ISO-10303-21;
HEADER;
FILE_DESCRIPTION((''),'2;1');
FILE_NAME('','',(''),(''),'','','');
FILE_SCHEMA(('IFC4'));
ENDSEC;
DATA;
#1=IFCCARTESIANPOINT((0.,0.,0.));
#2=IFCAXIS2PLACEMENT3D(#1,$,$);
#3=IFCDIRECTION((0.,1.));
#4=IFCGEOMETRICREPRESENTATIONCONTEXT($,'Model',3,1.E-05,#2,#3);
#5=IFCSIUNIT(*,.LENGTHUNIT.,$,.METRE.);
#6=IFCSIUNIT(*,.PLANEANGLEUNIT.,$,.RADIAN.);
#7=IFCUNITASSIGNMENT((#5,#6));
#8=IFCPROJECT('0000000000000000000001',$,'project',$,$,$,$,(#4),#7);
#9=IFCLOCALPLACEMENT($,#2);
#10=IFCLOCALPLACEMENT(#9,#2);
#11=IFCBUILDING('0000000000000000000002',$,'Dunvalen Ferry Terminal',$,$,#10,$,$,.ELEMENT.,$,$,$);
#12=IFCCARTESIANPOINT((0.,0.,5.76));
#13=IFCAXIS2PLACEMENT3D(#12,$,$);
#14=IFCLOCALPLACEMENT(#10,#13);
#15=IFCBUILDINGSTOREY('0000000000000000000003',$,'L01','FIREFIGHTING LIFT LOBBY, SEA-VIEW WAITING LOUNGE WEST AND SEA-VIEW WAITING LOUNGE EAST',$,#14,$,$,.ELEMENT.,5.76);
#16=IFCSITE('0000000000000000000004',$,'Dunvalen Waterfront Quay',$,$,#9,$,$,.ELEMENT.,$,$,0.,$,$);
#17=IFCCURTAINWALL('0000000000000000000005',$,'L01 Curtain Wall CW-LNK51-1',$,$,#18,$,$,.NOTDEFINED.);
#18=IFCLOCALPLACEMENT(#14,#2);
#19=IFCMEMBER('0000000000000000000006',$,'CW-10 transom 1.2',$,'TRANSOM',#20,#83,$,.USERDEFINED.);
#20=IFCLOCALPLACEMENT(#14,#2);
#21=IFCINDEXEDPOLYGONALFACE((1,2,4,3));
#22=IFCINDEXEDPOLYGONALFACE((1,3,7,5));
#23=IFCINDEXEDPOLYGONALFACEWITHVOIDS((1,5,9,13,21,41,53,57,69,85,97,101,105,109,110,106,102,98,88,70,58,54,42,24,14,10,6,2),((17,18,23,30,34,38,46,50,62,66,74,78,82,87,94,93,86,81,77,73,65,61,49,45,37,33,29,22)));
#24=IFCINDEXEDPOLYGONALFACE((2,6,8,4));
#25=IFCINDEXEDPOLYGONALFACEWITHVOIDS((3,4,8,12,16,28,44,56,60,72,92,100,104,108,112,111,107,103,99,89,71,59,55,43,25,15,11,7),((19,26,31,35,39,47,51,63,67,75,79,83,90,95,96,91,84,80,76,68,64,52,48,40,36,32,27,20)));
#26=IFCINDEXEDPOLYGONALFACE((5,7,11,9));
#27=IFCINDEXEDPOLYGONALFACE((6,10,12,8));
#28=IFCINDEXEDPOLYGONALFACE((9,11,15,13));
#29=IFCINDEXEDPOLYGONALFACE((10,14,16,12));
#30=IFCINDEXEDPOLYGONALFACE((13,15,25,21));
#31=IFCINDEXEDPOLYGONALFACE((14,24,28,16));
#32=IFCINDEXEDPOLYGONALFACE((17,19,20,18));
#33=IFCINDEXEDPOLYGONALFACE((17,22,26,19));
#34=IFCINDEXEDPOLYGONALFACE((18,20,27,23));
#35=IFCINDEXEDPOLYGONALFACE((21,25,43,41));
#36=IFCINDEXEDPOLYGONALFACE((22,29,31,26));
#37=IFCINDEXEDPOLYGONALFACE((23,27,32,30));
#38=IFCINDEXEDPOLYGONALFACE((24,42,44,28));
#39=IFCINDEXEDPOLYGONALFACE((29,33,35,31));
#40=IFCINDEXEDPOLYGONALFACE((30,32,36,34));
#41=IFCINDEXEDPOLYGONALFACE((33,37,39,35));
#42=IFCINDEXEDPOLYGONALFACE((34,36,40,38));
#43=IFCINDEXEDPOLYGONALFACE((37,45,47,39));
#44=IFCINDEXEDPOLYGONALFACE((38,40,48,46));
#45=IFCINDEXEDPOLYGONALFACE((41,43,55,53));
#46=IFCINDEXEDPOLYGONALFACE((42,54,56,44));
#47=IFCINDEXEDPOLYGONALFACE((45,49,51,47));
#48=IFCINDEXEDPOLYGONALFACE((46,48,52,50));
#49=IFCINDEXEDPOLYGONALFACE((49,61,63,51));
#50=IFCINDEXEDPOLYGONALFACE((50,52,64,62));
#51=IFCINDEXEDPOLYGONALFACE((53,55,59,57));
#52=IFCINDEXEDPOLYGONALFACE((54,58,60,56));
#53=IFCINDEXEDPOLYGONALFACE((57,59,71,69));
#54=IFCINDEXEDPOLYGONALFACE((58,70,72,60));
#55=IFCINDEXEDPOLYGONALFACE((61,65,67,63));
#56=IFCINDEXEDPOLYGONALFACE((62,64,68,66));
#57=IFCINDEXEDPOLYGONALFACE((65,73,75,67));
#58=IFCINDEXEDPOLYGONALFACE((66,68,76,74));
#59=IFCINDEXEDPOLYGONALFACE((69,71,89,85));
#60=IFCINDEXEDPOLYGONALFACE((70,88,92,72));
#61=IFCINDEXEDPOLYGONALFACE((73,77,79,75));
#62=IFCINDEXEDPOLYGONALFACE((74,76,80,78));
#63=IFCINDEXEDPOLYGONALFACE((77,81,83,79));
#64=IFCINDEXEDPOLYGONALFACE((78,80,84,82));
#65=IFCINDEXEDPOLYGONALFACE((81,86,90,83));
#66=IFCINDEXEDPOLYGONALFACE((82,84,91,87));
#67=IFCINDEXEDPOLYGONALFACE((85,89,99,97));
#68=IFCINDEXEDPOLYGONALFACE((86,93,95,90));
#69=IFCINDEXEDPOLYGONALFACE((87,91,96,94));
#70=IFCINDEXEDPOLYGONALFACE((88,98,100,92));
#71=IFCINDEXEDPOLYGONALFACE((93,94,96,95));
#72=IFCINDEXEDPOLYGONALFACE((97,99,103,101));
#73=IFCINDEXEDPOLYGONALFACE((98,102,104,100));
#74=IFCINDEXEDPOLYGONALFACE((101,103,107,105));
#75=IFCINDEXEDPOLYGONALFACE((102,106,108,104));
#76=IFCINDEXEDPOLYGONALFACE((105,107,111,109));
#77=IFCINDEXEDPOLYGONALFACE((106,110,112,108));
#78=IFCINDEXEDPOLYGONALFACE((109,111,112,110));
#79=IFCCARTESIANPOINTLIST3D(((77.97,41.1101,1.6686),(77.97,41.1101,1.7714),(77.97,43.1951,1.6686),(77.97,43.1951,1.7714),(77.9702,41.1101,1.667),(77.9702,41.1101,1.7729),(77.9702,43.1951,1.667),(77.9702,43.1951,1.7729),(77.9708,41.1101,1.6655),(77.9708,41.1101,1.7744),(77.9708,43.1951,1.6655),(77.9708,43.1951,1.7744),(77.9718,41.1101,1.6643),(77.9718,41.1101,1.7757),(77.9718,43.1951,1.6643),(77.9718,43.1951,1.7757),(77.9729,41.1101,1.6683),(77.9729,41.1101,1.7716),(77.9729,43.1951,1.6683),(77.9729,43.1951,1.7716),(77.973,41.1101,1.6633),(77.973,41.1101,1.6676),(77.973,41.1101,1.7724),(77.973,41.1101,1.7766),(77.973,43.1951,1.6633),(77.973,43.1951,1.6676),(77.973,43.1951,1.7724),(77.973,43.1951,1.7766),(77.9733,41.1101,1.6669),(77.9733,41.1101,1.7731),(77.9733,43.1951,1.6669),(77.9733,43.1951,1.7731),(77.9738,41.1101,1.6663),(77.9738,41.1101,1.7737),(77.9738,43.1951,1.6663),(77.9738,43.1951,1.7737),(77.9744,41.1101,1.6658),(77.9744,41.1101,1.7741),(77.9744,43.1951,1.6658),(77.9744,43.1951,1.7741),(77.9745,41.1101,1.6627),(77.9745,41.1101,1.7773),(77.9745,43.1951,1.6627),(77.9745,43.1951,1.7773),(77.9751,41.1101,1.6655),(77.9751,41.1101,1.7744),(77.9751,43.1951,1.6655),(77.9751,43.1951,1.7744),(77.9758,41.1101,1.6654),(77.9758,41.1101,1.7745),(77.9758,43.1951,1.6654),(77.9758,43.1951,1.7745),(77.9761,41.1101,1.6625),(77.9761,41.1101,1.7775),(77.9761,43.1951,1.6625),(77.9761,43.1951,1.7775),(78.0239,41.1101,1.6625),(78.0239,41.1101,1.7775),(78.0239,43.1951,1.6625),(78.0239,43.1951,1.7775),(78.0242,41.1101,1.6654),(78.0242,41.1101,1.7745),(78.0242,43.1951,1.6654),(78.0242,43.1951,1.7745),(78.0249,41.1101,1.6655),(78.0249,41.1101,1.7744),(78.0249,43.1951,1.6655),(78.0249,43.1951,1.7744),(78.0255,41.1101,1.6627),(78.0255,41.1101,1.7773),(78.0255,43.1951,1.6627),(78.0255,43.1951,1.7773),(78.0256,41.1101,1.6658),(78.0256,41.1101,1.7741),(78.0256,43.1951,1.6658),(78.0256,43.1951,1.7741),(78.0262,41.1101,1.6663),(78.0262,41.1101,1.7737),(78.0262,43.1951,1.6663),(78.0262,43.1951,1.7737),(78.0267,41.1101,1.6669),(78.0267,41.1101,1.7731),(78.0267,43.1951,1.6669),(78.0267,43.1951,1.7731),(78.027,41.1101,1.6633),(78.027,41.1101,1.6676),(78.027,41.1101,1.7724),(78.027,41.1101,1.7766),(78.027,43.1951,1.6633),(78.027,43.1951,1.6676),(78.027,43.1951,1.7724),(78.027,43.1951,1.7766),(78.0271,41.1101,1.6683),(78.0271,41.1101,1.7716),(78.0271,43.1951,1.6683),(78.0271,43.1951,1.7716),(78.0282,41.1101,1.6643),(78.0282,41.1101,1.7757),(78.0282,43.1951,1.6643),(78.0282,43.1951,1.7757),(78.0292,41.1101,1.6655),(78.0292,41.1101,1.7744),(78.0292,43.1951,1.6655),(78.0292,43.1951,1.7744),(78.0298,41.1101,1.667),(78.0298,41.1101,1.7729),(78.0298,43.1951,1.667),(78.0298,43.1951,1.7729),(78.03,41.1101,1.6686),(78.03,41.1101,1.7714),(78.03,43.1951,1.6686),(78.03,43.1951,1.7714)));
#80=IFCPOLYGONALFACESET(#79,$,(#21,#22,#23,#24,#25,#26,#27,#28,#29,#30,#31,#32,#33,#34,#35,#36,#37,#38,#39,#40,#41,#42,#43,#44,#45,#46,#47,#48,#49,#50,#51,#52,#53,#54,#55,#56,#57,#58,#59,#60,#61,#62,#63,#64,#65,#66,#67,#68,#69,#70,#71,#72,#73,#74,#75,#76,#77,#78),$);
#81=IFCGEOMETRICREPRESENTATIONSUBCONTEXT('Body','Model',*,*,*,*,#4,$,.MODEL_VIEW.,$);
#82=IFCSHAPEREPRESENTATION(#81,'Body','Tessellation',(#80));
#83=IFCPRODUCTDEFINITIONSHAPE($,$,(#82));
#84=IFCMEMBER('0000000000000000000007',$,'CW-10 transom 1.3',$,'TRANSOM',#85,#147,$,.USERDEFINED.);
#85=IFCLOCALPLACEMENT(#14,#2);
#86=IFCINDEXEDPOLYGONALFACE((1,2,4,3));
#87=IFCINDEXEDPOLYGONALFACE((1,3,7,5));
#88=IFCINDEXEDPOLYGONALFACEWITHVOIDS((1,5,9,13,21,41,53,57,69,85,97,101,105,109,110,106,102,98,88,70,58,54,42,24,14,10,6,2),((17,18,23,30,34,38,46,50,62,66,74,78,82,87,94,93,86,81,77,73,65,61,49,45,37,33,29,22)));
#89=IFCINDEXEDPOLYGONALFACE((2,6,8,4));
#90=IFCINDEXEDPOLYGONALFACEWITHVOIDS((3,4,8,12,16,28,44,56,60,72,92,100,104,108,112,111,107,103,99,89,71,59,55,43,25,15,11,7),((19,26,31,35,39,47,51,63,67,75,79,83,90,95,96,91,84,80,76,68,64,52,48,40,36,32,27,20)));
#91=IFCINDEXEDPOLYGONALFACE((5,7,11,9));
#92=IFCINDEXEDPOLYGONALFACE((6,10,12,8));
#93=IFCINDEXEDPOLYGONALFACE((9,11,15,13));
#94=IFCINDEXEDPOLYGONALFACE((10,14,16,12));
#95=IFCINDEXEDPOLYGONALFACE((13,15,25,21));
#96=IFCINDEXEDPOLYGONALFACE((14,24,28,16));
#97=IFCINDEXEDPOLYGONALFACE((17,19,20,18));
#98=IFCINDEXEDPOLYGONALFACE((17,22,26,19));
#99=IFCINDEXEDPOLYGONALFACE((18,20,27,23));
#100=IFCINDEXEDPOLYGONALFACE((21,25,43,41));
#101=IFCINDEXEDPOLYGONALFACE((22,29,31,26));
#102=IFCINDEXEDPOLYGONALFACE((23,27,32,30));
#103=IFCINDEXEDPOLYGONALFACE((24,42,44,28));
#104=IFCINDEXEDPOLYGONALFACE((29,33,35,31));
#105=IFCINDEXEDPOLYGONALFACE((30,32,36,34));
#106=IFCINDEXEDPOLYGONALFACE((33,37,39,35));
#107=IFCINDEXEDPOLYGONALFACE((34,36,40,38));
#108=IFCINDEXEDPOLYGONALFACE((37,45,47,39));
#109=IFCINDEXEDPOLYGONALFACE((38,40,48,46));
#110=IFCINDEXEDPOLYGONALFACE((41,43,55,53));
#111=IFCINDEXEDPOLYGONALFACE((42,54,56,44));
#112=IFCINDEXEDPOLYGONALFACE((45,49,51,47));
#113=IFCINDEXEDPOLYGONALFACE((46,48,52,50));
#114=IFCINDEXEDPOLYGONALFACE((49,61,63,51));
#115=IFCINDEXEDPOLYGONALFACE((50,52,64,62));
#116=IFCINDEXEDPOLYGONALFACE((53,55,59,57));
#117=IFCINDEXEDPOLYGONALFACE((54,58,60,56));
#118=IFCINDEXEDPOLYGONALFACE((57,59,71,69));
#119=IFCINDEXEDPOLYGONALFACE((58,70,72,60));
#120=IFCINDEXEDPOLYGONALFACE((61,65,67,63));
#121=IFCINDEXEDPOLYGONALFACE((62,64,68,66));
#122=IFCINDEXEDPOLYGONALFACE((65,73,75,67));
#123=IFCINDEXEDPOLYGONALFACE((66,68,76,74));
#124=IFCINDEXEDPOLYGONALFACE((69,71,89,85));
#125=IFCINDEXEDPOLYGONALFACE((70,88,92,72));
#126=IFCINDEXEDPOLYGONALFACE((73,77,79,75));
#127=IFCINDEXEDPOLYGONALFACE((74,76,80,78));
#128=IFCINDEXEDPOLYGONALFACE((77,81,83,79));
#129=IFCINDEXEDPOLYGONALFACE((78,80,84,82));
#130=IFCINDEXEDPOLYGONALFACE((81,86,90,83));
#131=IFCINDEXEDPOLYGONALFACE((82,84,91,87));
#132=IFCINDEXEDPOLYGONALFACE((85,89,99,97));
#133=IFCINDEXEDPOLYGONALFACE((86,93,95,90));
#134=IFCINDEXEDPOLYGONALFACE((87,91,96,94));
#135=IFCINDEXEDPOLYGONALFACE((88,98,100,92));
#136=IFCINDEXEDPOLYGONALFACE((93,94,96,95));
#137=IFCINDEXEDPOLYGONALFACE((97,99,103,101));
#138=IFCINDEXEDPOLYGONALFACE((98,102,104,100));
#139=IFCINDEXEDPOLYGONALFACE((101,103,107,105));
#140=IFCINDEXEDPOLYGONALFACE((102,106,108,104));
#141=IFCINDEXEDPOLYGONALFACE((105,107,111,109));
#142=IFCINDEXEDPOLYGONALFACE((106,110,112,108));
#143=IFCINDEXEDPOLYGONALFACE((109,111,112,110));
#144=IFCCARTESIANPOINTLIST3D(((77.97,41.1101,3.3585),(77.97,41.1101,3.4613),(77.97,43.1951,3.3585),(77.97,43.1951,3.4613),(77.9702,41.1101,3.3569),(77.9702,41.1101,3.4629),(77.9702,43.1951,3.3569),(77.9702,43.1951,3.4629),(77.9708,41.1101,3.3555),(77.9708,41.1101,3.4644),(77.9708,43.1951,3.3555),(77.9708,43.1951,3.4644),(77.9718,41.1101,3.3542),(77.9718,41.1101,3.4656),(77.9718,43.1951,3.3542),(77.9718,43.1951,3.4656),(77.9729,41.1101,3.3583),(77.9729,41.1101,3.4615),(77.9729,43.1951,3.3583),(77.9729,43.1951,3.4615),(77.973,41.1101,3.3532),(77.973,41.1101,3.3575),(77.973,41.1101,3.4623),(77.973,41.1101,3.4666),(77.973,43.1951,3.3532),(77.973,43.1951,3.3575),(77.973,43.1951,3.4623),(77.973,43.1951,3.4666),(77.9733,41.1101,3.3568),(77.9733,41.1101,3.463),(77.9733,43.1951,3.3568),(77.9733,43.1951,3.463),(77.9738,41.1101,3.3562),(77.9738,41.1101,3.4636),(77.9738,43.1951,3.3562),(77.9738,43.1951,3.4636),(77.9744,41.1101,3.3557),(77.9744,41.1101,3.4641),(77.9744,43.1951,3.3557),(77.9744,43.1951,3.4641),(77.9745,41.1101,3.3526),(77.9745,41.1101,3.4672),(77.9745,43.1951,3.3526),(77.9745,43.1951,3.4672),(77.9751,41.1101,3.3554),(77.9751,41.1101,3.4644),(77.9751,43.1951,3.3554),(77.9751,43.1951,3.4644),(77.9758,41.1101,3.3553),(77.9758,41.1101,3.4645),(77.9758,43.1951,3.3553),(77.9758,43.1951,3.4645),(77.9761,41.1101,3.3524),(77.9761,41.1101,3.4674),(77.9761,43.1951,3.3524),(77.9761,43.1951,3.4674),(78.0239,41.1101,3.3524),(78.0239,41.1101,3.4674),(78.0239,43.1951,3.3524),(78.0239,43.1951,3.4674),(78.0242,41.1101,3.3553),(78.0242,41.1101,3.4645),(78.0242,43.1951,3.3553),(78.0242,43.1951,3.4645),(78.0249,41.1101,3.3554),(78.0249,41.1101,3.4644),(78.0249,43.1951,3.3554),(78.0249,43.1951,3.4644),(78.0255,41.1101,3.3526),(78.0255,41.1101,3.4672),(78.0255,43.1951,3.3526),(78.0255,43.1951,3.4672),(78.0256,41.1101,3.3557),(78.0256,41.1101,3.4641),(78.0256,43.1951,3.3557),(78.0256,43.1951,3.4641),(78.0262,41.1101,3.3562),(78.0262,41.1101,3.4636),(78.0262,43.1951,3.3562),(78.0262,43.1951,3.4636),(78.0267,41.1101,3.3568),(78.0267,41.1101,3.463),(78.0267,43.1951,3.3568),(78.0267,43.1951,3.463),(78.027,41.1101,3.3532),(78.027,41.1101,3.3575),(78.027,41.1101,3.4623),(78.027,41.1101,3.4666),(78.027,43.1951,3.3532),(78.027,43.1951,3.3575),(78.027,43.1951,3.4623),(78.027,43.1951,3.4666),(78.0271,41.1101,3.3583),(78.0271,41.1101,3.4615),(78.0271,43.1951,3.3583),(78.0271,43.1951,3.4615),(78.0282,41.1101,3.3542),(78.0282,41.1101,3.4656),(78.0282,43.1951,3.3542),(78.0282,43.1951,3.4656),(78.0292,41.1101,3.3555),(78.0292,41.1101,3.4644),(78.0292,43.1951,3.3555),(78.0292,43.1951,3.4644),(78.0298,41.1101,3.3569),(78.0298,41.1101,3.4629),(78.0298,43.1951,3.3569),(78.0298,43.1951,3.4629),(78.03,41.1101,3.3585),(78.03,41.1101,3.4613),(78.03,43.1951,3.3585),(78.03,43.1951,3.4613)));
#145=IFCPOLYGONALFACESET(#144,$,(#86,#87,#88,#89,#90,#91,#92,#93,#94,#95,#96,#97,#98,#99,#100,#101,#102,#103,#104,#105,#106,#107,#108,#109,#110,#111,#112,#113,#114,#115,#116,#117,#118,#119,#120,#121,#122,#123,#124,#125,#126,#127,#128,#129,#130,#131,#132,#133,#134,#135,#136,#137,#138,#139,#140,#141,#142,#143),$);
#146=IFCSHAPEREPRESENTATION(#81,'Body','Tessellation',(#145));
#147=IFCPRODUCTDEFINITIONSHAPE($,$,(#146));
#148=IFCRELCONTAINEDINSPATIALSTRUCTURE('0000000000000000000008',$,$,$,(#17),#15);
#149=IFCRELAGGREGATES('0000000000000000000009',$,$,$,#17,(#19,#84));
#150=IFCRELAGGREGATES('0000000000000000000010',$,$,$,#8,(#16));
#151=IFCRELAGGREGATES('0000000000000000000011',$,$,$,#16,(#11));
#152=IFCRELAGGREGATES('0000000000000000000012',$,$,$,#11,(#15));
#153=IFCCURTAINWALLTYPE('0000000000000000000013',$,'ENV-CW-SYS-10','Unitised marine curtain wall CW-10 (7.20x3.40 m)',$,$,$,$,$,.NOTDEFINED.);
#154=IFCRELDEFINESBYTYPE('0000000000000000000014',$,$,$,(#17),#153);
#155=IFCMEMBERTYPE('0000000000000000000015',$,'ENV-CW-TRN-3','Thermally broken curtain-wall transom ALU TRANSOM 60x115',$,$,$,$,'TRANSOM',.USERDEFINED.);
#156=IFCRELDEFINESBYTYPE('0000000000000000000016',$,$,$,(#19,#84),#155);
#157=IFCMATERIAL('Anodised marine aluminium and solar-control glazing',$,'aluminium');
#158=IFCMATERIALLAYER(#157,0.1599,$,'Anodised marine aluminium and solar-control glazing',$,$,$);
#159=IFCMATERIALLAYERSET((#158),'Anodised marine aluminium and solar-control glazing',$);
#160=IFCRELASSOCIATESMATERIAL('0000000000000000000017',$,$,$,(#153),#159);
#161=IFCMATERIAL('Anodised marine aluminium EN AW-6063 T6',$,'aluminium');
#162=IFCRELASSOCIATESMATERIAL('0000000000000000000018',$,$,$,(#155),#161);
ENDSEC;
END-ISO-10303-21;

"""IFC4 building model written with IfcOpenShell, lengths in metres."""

from ifc_helpers import new_model, si_unit, direction, frame, origin, origin_2d, place, context, subcontext, project, spatial, hollow_rectangle, extrude, material, layer, layer_set, material_profile, profile_set, type_object, element, aggregate, save


model = new_model("IFC4")

# Units and contexts
model_context = context("Model", 3, precision=1e-05, world=origin(), true_north=direction((0.0, 1.0)))
body_context = subcontext(model_context, "Body", "Model", "MODEL_VIEW")
ifc_project = project(units=[si_unit("LENGTHUNIT", "METRE"), si_unit("PLANEANGLEUNIT", "RADIAN")], contexts=[model_context])

# Site, building, storey
site_placement = place(None, origin())
site = spatial("IfcSite", under=ifc_project, at=site_placement, Name="Dunvalen Waterfront Quay", CompositionType="ELEMENT", RefElevation=0.0)
building_placement = place(site_placement, origin())
building = spatial("IfcBuilding", under=site, at=building_placement, Name="Dunvalen Ferry Terminal", CompositionType="ELEMENT")
storey_placement = place(building_placement, frame((0.0, 0.0, 5.76)))
storey = spatial("IfcBuildingStorey", under=building, at=storey_placement, Name="L01", Description="FIREFIGHTING LIFT LOBBY, SEA-VIEW WAITING LOUNGE WEST AND SEA-VIEW WAITING LOUNGE EAST", CompositionType="ELEMENT", Elevation=5.76)

# Curtain wall
ifc_material_1 = material(Name="Anodised marine aluminium and solar-control glazing", Category="aluminium")
ifc_layer_1 = layer(ifc_material_1, 0.1599, Name="Anodised marine aluminium and solar-control glazing")
ifc_layer_set_1 = layer_set([ifc_layer_1], Name="Anodised marine aluminium and solar-control glazing")
curtain_wall_type_1 = type_object("IfcCurtainWallType", Name="ENV-CW-SYS-10", Description="Unitised marine curtain wall CW-10 (7.20x3.40 m)", PredefinedType="NOTDEFINED", material=ifc_layer_set_1)
curtain_wall_1_placement = place(storey_placement, origin())
curtain_wall_1 = element("IfcCurtainWall", 1, at=curtain_wall_1_placement, inside=storey, type_object=curtain_wall_type_1, Name="L01 Curtain Wall CW-LNK51-1", PredefinedType="NOTDEFINED")
ifc_material_2 = material(Name="Anodised marine aluminium EN AW-6063 T6", Category="aluminium")

# Members
ifc_material_profile_1 = material_profile(ifc_material_2, hollow_rectangle(XDim=0.0601, YDim=0.115, WallThickness=0.0029, InnerFilletRadius=0.0029, OuterFilletRadius=0.0061, at=origin_2d()), Name="Anodised marine aluminium EN AW-6063 T6")
ifc_profile_set_1 = profile_set([ifc_material_profile_1], Name="Anodised marine aluminium EN AW-6063 T6")
member_type_1 = type_object("IfcMemberType", Name="ENV-CW-TRN-3", Description="Thermally broken curtain-wall transom ALU TRANSOM 60x115", ElementType="TRANSOM", PredefinedType="USERDEFINED", material=ifc_profile_set_1)
member_1_placement = place(storey_placement, frame((78.0, 41.1101, 1.72), z_axis=(0.0, 1.0, 0.0), x_axis=(-1.0, 0.0, 0.0)))
member_1 = element("IfcMember", 2, at=member_1_placement, type_object=member_type_1, Name="CW-10 transom 1.2", ObjectType="TRANSOM", PredefinedType="USERDEFINED", context=body_context, shape_type="SweptSolid", body=[
    extrude(hollow_rectangle(XDim=0.0601, YDim=0.115, WallThickness=0.0029, InnerFilletRadius=0.0029, OuterFilletRadius=0.0061, at=origin_2d()), origin(), (0.0, 0.0, 1.0), 2.085),
])
member_2_placement = place(storey_placement, frame((78.0, 41.1101, 3.4099), z_axis=(0.0, 1.0, 0.0), x_axis=(-1.0, 0.0, 0.0)))
member_2 = element("IfcMember", 3, at=member_2_placement, type_object=member_type_1, Name="CW-10 transom 1.3", ObjectType="TRANSOM", PredefinedType="USERDEFINED", context=body_context, shape_type="SweptSolid", body=[
    extrude(hollow_rectangle(XDim=0.0601, YDim=0.115, WallThickness=0.0029, InnerFilletRadius=0.0029, OuterFilletRadius=0.0061, at=origin_2d()), origin(), (0.0, 0.0, 1.0), 2.085),
])

aggregate(curtain_wall_1, [member_1, member_2])

save(model, "model.ifc")
